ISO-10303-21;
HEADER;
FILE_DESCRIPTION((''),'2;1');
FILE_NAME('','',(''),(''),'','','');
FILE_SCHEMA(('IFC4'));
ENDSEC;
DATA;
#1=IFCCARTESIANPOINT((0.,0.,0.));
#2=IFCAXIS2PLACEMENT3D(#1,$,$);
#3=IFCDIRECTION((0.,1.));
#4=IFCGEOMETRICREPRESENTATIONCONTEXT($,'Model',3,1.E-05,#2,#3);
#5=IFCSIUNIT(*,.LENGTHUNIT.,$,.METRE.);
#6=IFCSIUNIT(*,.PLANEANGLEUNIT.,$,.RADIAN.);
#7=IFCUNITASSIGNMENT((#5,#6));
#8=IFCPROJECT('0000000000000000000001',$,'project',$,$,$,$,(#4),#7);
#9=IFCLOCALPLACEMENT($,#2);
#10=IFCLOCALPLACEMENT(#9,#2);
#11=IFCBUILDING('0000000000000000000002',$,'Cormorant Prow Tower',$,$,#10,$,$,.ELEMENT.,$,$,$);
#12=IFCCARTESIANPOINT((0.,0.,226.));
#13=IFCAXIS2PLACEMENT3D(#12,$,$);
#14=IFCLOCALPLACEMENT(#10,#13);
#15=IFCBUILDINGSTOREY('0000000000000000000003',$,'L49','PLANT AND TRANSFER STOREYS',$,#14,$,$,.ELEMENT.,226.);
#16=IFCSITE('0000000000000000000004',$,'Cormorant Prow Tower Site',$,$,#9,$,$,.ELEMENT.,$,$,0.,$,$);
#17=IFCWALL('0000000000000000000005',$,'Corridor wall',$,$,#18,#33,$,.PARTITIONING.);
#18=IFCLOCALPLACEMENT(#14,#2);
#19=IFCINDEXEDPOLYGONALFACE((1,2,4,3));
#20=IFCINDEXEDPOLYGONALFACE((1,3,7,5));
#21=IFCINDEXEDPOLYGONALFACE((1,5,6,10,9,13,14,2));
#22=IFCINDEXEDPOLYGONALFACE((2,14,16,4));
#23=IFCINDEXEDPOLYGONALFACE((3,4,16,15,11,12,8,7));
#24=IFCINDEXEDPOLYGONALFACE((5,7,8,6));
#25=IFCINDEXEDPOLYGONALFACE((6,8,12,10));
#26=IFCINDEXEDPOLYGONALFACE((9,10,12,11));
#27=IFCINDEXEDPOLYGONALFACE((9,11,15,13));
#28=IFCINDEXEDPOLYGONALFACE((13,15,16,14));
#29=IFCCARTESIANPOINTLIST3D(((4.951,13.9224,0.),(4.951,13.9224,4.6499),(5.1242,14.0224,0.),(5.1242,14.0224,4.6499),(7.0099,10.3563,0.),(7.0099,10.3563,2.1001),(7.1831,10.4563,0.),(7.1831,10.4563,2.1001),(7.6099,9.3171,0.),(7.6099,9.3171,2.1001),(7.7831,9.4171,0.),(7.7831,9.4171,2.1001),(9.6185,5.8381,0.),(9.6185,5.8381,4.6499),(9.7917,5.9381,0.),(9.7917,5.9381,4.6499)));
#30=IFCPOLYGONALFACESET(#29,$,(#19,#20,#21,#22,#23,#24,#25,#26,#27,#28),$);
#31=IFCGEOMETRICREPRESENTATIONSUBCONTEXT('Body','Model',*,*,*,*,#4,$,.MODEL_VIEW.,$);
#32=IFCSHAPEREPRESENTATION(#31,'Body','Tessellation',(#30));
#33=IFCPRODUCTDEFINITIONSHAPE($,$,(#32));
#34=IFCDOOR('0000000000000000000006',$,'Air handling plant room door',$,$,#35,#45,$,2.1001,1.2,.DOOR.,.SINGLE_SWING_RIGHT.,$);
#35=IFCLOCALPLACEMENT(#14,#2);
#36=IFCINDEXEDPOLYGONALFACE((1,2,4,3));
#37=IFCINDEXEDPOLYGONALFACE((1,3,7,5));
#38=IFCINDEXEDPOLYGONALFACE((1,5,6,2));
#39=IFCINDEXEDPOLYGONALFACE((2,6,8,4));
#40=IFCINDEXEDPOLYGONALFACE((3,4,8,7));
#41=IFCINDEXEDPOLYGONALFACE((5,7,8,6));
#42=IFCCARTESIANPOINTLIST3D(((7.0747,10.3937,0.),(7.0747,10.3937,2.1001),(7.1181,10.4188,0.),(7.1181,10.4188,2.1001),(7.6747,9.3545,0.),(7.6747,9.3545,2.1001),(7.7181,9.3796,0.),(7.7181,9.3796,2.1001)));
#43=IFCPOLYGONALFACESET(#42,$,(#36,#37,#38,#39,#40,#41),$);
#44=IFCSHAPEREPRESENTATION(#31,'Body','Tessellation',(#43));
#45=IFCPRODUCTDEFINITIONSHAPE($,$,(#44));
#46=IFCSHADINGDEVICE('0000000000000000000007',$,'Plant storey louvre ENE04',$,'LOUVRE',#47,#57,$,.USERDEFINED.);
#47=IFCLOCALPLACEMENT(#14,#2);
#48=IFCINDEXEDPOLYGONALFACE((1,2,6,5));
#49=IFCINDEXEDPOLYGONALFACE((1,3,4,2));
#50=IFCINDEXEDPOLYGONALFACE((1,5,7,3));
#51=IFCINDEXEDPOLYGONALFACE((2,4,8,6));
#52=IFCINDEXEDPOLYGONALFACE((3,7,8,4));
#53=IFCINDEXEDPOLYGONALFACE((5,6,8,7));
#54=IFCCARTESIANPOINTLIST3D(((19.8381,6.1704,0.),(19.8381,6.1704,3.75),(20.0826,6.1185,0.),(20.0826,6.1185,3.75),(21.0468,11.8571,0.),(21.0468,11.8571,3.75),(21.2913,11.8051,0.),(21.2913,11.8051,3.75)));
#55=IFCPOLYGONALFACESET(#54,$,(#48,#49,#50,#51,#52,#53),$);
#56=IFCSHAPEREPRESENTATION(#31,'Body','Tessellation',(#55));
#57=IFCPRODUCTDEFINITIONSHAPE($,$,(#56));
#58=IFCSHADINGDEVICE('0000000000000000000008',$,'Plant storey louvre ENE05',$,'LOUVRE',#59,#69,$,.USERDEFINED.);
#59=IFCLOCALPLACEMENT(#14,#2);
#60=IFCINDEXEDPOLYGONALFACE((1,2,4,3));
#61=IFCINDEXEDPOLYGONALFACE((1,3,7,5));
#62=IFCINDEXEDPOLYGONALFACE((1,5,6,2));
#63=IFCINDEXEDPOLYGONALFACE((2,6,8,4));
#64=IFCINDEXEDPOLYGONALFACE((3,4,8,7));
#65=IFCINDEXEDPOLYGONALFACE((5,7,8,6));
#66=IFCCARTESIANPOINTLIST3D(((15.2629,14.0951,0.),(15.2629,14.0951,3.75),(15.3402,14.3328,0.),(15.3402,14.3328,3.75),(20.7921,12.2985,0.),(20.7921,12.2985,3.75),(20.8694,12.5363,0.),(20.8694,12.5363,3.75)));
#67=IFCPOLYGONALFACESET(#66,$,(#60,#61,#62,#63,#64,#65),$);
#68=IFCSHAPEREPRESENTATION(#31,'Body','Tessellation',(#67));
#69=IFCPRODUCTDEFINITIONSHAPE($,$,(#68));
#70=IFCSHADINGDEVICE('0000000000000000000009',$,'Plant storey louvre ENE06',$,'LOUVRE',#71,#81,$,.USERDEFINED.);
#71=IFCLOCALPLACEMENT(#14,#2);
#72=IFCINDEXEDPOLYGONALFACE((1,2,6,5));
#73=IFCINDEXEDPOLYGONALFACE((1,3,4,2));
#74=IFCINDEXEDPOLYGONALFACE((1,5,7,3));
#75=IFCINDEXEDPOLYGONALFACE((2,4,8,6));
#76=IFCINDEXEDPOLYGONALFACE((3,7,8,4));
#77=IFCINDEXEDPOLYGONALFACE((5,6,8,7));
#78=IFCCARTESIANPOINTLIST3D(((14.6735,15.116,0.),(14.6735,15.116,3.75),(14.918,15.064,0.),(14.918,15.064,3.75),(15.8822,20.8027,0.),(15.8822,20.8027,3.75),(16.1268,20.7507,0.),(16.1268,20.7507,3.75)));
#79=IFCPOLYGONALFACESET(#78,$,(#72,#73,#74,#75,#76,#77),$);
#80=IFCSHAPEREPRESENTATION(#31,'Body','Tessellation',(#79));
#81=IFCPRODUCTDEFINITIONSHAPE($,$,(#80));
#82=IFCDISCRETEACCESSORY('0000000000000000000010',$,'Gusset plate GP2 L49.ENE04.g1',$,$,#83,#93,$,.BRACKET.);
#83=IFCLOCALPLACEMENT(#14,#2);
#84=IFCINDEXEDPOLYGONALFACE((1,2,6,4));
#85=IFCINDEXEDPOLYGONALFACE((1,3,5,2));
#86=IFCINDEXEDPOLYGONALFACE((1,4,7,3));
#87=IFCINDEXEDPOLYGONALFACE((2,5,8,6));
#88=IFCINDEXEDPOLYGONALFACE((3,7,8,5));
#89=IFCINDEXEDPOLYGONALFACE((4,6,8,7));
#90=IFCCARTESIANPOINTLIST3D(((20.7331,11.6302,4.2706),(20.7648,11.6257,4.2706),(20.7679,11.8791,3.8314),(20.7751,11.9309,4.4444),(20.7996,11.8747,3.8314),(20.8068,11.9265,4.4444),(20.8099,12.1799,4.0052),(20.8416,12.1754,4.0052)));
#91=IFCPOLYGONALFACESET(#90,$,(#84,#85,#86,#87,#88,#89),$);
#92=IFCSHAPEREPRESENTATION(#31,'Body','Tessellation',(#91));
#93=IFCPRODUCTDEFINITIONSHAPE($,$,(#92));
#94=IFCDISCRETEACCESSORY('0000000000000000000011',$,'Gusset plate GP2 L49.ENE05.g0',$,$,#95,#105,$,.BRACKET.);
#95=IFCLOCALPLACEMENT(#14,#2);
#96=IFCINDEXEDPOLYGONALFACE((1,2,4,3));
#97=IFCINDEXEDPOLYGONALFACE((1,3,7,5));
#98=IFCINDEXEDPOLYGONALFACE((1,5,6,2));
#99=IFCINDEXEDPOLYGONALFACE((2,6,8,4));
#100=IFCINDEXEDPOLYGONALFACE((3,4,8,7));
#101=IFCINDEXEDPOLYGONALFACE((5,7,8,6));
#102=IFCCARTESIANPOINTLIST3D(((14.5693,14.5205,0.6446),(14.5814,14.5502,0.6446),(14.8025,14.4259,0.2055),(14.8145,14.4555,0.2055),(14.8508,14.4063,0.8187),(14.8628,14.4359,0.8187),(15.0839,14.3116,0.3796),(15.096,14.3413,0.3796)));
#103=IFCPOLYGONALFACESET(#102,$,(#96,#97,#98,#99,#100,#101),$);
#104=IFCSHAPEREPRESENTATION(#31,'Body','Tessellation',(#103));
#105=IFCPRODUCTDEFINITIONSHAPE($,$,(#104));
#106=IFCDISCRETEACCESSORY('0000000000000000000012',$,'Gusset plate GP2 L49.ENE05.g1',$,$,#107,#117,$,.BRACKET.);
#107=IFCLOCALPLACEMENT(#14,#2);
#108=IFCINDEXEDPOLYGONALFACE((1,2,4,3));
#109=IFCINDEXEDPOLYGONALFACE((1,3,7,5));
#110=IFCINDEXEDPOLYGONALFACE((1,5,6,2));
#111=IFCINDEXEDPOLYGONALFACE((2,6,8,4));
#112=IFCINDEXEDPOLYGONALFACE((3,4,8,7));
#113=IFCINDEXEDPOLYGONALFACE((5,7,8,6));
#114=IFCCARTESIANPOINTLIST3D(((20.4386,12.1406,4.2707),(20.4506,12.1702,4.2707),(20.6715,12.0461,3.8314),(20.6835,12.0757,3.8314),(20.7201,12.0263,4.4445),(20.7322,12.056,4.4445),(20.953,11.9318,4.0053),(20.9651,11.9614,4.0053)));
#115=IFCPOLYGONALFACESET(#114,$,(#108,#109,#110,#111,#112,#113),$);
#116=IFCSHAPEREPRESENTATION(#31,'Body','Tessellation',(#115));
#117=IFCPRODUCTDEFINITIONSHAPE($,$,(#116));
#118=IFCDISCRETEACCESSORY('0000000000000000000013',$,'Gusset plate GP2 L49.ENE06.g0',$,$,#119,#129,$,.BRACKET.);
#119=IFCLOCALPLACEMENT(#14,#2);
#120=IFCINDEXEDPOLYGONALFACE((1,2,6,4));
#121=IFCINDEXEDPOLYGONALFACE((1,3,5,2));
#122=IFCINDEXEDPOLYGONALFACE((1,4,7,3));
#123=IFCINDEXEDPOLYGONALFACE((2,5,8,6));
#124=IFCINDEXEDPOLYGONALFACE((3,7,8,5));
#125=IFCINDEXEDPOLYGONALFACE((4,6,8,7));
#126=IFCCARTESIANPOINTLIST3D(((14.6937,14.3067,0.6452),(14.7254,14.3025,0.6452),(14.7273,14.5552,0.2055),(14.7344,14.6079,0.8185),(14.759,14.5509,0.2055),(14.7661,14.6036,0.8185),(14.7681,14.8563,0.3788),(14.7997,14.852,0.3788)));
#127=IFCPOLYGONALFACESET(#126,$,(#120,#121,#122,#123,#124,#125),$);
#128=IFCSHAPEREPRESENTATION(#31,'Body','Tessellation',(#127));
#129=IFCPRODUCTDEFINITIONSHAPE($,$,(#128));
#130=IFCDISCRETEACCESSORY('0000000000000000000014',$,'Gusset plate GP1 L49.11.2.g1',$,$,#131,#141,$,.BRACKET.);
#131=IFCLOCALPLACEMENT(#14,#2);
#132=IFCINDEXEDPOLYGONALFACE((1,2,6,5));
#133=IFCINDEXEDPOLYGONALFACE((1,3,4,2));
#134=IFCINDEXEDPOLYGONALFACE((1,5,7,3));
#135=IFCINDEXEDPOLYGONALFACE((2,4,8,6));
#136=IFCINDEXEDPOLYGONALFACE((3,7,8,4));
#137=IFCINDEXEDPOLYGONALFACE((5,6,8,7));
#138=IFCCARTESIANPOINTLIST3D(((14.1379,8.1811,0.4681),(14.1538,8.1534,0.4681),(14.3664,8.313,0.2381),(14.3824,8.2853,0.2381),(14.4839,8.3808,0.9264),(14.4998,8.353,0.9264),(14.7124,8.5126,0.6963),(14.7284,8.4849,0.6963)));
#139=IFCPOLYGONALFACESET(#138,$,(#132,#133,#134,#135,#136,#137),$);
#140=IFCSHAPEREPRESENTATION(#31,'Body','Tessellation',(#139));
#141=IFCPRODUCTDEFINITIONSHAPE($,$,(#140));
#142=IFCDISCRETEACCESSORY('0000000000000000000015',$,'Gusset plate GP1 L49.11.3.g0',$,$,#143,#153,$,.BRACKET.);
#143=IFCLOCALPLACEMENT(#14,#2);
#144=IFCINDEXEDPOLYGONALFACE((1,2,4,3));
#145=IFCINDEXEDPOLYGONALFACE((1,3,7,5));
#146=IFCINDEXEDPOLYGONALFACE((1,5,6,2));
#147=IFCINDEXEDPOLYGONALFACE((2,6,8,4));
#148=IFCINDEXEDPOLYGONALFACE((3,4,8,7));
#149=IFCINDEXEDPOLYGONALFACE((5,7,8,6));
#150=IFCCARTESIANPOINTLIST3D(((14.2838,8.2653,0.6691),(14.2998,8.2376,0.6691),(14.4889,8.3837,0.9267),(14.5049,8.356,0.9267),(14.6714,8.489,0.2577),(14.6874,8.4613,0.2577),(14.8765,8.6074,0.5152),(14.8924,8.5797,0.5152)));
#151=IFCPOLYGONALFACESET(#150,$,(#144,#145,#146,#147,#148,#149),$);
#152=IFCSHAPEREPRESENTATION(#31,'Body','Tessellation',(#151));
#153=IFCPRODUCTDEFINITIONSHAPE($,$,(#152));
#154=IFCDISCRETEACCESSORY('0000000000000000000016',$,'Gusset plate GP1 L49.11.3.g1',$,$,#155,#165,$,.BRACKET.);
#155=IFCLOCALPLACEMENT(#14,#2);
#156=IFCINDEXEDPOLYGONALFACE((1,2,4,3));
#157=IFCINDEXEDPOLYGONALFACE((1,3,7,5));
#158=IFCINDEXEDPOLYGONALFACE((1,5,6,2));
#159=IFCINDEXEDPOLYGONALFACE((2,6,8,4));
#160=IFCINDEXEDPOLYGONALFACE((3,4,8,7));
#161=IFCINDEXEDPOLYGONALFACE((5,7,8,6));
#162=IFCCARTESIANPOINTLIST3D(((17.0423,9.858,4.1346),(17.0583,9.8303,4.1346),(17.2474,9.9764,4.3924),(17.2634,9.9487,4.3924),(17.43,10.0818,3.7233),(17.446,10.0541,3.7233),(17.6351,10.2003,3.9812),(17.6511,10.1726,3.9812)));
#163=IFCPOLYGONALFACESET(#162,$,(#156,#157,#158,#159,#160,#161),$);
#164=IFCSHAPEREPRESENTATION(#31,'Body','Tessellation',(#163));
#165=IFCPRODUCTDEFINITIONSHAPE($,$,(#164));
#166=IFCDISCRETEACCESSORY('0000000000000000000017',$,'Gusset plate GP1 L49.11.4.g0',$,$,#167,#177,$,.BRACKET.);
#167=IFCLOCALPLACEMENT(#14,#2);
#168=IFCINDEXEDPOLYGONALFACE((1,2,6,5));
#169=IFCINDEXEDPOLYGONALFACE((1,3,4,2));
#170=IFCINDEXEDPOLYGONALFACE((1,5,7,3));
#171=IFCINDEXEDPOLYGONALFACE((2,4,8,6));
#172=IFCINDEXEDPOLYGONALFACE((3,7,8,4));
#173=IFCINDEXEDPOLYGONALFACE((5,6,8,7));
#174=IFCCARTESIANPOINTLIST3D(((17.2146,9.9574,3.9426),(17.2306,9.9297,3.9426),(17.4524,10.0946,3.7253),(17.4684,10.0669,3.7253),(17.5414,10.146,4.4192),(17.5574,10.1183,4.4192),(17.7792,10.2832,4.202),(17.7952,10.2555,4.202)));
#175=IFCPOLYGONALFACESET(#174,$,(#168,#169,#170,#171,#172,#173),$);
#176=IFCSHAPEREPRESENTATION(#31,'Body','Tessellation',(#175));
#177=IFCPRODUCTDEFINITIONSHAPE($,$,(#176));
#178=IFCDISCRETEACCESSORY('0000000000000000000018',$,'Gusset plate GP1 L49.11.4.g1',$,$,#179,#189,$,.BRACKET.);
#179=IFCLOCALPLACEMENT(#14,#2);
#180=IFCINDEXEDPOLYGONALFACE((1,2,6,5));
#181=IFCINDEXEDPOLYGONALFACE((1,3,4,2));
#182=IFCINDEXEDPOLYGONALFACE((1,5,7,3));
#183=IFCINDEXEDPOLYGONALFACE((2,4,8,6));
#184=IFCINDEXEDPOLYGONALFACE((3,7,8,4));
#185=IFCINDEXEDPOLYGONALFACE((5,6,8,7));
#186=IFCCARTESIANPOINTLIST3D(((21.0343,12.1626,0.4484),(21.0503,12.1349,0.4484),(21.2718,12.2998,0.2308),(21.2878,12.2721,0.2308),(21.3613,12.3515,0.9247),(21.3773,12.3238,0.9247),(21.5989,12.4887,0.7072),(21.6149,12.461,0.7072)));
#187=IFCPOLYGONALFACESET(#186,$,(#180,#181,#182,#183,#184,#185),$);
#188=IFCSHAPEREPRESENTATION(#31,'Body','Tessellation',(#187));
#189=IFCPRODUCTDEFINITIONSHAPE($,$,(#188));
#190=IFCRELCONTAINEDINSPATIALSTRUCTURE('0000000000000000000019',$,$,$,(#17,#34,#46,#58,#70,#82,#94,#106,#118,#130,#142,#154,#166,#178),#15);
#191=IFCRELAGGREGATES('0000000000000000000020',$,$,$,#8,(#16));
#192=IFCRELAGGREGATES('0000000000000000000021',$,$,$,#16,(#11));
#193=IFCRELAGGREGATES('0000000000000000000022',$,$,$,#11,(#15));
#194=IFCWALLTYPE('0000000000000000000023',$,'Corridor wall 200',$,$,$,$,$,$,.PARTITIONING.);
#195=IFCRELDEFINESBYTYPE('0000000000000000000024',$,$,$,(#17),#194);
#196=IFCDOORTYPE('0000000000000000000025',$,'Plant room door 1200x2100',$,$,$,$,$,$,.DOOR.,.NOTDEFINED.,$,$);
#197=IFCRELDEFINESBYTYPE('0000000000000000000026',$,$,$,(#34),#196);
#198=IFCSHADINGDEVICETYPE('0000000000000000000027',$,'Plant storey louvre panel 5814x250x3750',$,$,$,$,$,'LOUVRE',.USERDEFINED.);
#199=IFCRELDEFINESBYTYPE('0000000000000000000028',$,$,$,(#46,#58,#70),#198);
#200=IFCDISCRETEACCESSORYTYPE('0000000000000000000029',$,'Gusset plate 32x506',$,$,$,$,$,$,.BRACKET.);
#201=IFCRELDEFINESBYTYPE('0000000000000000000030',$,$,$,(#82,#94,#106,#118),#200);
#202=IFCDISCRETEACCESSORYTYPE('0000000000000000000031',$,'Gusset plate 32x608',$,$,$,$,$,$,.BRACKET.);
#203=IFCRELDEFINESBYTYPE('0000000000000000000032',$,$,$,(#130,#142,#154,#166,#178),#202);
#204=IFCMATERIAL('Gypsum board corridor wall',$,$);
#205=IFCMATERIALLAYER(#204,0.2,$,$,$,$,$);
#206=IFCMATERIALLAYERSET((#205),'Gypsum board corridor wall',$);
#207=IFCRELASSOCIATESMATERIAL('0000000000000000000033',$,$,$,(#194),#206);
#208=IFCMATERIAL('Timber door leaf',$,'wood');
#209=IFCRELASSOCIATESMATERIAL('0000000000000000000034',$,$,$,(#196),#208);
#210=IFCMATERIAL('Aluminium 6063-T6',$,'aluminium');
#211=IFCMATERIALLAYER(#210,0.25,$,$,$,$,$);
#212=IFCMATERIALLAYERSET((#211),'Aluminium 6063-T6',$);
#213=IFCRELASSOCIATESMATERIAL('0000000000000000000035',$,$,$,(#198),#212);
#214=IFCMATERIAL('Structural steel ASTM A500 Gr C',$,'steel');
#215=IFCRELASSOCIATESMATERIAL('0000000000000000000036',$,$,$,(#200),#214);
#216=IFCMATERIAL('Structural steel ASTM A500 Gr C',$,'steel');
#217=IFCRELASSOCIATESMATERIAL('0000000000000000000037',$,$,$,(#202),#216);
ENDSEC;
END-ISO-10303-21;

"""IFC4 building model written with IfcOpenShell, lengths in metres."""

from ifc_helpers import new_model, si_unit, direction, frame, frame_2d, origin, origin_2d, place, context, subcontext, project, spatial, rectangle, extrude, material, layer, layer_set, material_profile, profile_set, type_object, element, fill, save


model = new_model("IFC4")

# Units and contexts
model_context = context("Model", 3, precision=1e-05, world=origin(), true_north=direction((0.0, 1.0)))
body_context = subcontext(model_context, "Body", "Model", "MODEL_VIEW")
ifc_project = project(units=[si_unit("LENGTHUNIT", "METRE"), si_unit("PLANEANGLEUNIT", "RADIAN")], contexts=[model_context])

# Site, building, storey
site_placement = place(None, origin())
site = spatial("IfcSite", under=ifc_project, at=site_placement, Name="Cormorant Prow Tower Site", CompositionType="ELEMENT", RefElevation=0.0)
building_placement = place(site_placement, origin())
building = spatial("IfcBuilding", under=site, at=building_placement, Name="Cormorant Prow Tower", CompositionType="ELEMENT")
storey_placement = place(building_placement, frame((0.0, 0.0, 226.0)))
storey = spatial("IfcBuildingStorey", under=building, at=storey_placement, Name="L49", Description="PLANT AND TRANSFER STOREYS", CompositionType="ELEMENT", Elevation=226.0)

# Wall, opening, door
ifc_material_1 = material(Name="Gypsum board corridor wall")
ifc_layer_1 = layer(ifc_material_1, 0.2)
ifc_layer_set_1 = layer_set([ifc_layer_1], Name="Gypsum board corridor wall")
wall_type_1 = type_object("IfcWallType", Name="Corridor wall 200", PredefinedType="PARTITIONING", material=ifc_layer_set_1)
wall_1_placement = place(storey_placement, frame((5.0376, 13.9724, 0.0), z_axis=(0.0, 0.0, 1.0), x_axis=(0.500004, -0.866023, 0.0)))
wall_1 = element("IfcWall", 1, at=wall_1_placement, inside=storey, type_object=wall_type_1, Name="Corridor wall", PredefinedType="PARTITIONING", context=body_context, shape_type="SweptSolid", body=[
    extrude(rectangle(XDim=9.335, YDim=0.2, at=frame_2d((4.6675, 0.0))), origin(), (0.0, 0.0, 1.0), 4.6499),
])
opening_1_placement = place(wall_1_placement, frame((4.1177, 0.0, 0.0)))
opening_1 = element("IfcOpeningElement", 2, at=opening_1_placement, cuts=wall_1, PredefinedType="OPENING", context=body_context, shape_type="SweptSolid", body=[
    extrude(rectangle(XDim=1.2, YDim=2.1001, at=frame_2d((0.6001, 1.05))), frame((0.0, 0.1099, 0.0), z_axis=(0.0, -1.0, 0.0), x_axis=(1.0, 0.0, 0.0)), (0.0, 0.0, 1.0), 0.22),
])
ifc_material_2 = material(Name="Timber door leaf", Category="wood")
door_type_1 = type_object("IfcDoorType", Name="Plant room door 1200x2100", OperationType="NOTDEFINED", PredefinedType="DOOR", material=ifc_material_2)
door_1_placement = place(opening_1_placement, origin())
door_1 = element("IfcDoor", 3, at=door_1_placement, inside=storey, type_object=door_type_1, Name="Air handling plant room door", OperationType="SINGLE_SWING_RIGHT", OverallHeight=2.1001, OverallWidth=1.2, PredefinedType="DOOR", context=body_context, shape_type="SweptSolid", body=[
    extrude(rectangle(XDim=1.2, YDim=2.1001, at=frame_2d((0.6001, 1.05))), frame((0.0, 0.0249, 0.0), z_axis=(0.0, -1.0, 0.0), x_axis=(1.0, 0.0, 0.0)), (0.0, 0.0, 1.0), 0.05),
])
fill(opening_1, door_1)

# Shading devices
ifc_material_3 = material(Name="Aluminium 6063-T6", Category="aluminium")
ifc_layer_2 = layer(ifc_material_3, 0.25)
ifc_layer_set_2 = layer_set([ifc_layer_2], Name="Aluminium 6063-T6")
shading_device_type = type_object("IfcShadingDeviceType", Name="Plant storey louvre panel 5814x250x3750", ElementType="LOUVRE", PredefinedType="USERDEFINED", material=ifc_layer_set_2)
for number, where, z_axis, x_axis, name in (
    (4, (20.5647, 8.9878, 0.0), (0.0, 0.0, 1.0), (0.207912, 0.978148, 0.0), "Plant storey louvre ENE04"),
    (5, (18.0662, 13.3157, 0.0), (0.0, 0.0, 1.0), (-0.951057, 0.309017, 0.0), "Plant storey louvre ENE05"),
    (6, (15.4001, 17.9333, 0.0), (0.0, 0.0, 1.0), (0.207912, 0.978148, 0.0), "Plant storey louvre ENE06"),
):
    element("IfcShadingDevice", number, at=place(storey_placement, frame(where, z_axis=z_axis, x_axis=x_axis)), inside=storey, type_object=shading_device_type, Name=name, ObjectType="LOUVRE", PredefinedType="USERDEFINED", context=body_context, shape_type="SweptSolid", body=[
        extrude(rectangle(XDim=5.8137, YDim=0.25, at=origin_2d()), origin(), (0.0, 0.0, 1.0), 3.75),
    ])

# Discrete accessories
ifc_material_4 = material(Name="Structural steel ASTM A500 Gr C", Category="steel")
ifc_material_profile_1 = material_profile(ifc_material_4, rectangle(XDim=0.032, YDim=0.5061, at=origin_2d()), Name="Gusset plate 32x506")
ifc_profile_set_1 = profile_set([ifc_material_profile_1], Name="Structural steel ASTM A500 Gr C")
discrete_accessory_type_1 = type_object("IfcDiscreteAccessoryType", Name="Gusset plate 32x506", PredefinedType="BRACKET", material=ifc_profile_set_1)
discrete_accessory_1_placement = place(storey_placement, frame((20.7664, 11.7524, 4.051), z_axis=(0.120003, 0.859554, 0.496755), x_axis=(-0.990395, 0.138269, 0.0)))
element("IfcDiscreteAccessory", 7, at=discrete_accessory_1_placement, inside=storey, type_object=discrete_accessory_type_1, Name="Gusset plate GP2 L49.ENE04.g1", PredefinedType="BRACKET", context=body_context, shape_type="SweptSolid", body=[
    extrude(rectangle(XDim=0.032, YDim=0.5061, at=origin_2d()), origin(), (0.0, 0.0, 1.0), 0.3499),
])
for number, where, z_axis, x_axis, name in (
    (8, (14.9734, 14.3738, 0.5991), (-0.803957, 0.326324, -0.497157), (-0.376097, -0.92658, 0.0), "Gusset plate GP2 L49.ENE05.g0"),
    (9, (20.561, 12.1082, 4.051), (0.804236, -0.326438, 0.496631), (0.376097, 0.92658, 0.0), "Gusset plate GP2 L49.ENE05.g1"),
):
    element("IfcDiscreteAccessory", number, at=place(storey_placement, frame(where, z_axis=z_axis, x_axis=x_axis)), inside=storey, type_object=discrete_accessory_type_1, Name=name, PredefinedType="BRACKET", context=body_context, shape_type="SweptSolid", body=[
        extrude(rectangle(XDim=0.032, YDim=0.5061, at=origin_2d()), origin(), (0.0, 0.0, 1.0), 0.3501),
    ])
discrete_accessory_2_placement = place(storey_placement, frame((14.7671, 14.73, 0.5986), z_axis=(-0.116503, -0.860867, -0.495313), x_axis=(0.990966, -0.13411, 0.0)))
element("IfcDiscreteAccessory", 10, at=discrete_accessory_2_placement, inside=storey, type_object=discrete_accessory_type_1, Name="Gusset plate GP2 L49.ENE06.g0", PredefinedType="BRACKET", context=body_context, shape_type="SweptSolid", body=[
    extrude(rectangle(XDim=0.032, YDim=0.5061, at=origin_2d()), origin(), (0.0, 0.0, 1.0), 0.3499),
])
ifc_material_5 = material(Name="Structural steel ASTM A500 Gr C", Category="steel")
ifc_material_profile_2 = material_profile(ifc_material_5, rectangle(XDim=0.032, YDim=0.6079, at=origin_2d()), Name="Gusset plate 32x608")
ifc_profile_set_2 = profile_set([ifc_material_profile_2], Name="Structural steel ASTM A500 Gr C")
discrete_accessory_type_2 = type_object("IfcDiscreteAccessoryType", Name="Gusset plate 32x608", PredefinedType="BRACKET", material=ifc_profile_set_2)
discrete_accessory_3_placement = place(storey_placement, frame((14.3188, 8.2671, 0.6973), z_axis=(0.652925, 0.376688, -0.657111), x_axis=(-0.499722, 0.866186, 0.0)))
element("IfcDiscreteAccessory", 11, at=discrete_accessory_3_placement, inside=storey, type_object=discrete_accessory_type_2, Name="Gusset plate GP1 L49.11.2.g1", PredefinedType="BRACKET", context=body_context, shape_type="SweptSolid", body=[
    extrude(rectangle(XDim=0.032, YDim=0.6079, at=origin_2d()), origin(), (0.0, 0.0, 1.0), 0.3501),
])
discrete_accessory_4_placement = place(storey_placement, frame((14.6907, 8.4817, 0.7209), z_axis=(-0.586131, -0.338421, -0.736153), x_axis=(0.50002, -0.866014, 0.0)))
element("IfcDiscreteAccessory", 12, at=discrete_accessory_4_placement, inside=storey, type_object=discrete_accessory_type_2, Name="Gusset plate GP1 L49.11.3.g0", PredefinedType="BRACKET", context=body_context, shape_type="SweptSolid", body=[
    extrude(rectangle(XDim=0.032, YDim=0.6079, at=origin_2d()), origin(), (0.0, 0.0, 1.0), 0.3499),
])
for number, where, z_axis, x_axis, name in (
    (13, (17.2441, 9.9561, 3.929), (0.58583, 0.338247, 0.736472), (-0.50002, 0.866014, 0.0), "Gusset plate GP1 L49.11.3.g1"),
    (14, (17.6238, 10.175, 3.9636), (-0.679175, -0.391886, 0.620602), (0.499774, -0.866156, 0.0), "Gusset plate GP1 L49.11.4.g0"),
    (15, (21.2058, 12.2432, 0.6865), (0.678505, 0.391901, -0.621324), (-0.500159, 0.865934, 0.0), "Gusset plate GP1 L49.11.4.g1"),
):
    element("IfcDiscreteAccessory", number, at=place(storey_placement, frame(where, z_axis=z_axis, x_axis=x_axis)), inside=storey, type_object=discrete_accessory_type_2, Name=name, PredefinedType="BRACKET", context=body_context, shape_type="SweptSolid", body=[
        extrude(rectangle(XDim=0.032, YDim=0.6079, at=origin_2d()), origin(), (0.0, 0.0, 1.0), 0.3501),
    ])

save(model, "model.ifc")
